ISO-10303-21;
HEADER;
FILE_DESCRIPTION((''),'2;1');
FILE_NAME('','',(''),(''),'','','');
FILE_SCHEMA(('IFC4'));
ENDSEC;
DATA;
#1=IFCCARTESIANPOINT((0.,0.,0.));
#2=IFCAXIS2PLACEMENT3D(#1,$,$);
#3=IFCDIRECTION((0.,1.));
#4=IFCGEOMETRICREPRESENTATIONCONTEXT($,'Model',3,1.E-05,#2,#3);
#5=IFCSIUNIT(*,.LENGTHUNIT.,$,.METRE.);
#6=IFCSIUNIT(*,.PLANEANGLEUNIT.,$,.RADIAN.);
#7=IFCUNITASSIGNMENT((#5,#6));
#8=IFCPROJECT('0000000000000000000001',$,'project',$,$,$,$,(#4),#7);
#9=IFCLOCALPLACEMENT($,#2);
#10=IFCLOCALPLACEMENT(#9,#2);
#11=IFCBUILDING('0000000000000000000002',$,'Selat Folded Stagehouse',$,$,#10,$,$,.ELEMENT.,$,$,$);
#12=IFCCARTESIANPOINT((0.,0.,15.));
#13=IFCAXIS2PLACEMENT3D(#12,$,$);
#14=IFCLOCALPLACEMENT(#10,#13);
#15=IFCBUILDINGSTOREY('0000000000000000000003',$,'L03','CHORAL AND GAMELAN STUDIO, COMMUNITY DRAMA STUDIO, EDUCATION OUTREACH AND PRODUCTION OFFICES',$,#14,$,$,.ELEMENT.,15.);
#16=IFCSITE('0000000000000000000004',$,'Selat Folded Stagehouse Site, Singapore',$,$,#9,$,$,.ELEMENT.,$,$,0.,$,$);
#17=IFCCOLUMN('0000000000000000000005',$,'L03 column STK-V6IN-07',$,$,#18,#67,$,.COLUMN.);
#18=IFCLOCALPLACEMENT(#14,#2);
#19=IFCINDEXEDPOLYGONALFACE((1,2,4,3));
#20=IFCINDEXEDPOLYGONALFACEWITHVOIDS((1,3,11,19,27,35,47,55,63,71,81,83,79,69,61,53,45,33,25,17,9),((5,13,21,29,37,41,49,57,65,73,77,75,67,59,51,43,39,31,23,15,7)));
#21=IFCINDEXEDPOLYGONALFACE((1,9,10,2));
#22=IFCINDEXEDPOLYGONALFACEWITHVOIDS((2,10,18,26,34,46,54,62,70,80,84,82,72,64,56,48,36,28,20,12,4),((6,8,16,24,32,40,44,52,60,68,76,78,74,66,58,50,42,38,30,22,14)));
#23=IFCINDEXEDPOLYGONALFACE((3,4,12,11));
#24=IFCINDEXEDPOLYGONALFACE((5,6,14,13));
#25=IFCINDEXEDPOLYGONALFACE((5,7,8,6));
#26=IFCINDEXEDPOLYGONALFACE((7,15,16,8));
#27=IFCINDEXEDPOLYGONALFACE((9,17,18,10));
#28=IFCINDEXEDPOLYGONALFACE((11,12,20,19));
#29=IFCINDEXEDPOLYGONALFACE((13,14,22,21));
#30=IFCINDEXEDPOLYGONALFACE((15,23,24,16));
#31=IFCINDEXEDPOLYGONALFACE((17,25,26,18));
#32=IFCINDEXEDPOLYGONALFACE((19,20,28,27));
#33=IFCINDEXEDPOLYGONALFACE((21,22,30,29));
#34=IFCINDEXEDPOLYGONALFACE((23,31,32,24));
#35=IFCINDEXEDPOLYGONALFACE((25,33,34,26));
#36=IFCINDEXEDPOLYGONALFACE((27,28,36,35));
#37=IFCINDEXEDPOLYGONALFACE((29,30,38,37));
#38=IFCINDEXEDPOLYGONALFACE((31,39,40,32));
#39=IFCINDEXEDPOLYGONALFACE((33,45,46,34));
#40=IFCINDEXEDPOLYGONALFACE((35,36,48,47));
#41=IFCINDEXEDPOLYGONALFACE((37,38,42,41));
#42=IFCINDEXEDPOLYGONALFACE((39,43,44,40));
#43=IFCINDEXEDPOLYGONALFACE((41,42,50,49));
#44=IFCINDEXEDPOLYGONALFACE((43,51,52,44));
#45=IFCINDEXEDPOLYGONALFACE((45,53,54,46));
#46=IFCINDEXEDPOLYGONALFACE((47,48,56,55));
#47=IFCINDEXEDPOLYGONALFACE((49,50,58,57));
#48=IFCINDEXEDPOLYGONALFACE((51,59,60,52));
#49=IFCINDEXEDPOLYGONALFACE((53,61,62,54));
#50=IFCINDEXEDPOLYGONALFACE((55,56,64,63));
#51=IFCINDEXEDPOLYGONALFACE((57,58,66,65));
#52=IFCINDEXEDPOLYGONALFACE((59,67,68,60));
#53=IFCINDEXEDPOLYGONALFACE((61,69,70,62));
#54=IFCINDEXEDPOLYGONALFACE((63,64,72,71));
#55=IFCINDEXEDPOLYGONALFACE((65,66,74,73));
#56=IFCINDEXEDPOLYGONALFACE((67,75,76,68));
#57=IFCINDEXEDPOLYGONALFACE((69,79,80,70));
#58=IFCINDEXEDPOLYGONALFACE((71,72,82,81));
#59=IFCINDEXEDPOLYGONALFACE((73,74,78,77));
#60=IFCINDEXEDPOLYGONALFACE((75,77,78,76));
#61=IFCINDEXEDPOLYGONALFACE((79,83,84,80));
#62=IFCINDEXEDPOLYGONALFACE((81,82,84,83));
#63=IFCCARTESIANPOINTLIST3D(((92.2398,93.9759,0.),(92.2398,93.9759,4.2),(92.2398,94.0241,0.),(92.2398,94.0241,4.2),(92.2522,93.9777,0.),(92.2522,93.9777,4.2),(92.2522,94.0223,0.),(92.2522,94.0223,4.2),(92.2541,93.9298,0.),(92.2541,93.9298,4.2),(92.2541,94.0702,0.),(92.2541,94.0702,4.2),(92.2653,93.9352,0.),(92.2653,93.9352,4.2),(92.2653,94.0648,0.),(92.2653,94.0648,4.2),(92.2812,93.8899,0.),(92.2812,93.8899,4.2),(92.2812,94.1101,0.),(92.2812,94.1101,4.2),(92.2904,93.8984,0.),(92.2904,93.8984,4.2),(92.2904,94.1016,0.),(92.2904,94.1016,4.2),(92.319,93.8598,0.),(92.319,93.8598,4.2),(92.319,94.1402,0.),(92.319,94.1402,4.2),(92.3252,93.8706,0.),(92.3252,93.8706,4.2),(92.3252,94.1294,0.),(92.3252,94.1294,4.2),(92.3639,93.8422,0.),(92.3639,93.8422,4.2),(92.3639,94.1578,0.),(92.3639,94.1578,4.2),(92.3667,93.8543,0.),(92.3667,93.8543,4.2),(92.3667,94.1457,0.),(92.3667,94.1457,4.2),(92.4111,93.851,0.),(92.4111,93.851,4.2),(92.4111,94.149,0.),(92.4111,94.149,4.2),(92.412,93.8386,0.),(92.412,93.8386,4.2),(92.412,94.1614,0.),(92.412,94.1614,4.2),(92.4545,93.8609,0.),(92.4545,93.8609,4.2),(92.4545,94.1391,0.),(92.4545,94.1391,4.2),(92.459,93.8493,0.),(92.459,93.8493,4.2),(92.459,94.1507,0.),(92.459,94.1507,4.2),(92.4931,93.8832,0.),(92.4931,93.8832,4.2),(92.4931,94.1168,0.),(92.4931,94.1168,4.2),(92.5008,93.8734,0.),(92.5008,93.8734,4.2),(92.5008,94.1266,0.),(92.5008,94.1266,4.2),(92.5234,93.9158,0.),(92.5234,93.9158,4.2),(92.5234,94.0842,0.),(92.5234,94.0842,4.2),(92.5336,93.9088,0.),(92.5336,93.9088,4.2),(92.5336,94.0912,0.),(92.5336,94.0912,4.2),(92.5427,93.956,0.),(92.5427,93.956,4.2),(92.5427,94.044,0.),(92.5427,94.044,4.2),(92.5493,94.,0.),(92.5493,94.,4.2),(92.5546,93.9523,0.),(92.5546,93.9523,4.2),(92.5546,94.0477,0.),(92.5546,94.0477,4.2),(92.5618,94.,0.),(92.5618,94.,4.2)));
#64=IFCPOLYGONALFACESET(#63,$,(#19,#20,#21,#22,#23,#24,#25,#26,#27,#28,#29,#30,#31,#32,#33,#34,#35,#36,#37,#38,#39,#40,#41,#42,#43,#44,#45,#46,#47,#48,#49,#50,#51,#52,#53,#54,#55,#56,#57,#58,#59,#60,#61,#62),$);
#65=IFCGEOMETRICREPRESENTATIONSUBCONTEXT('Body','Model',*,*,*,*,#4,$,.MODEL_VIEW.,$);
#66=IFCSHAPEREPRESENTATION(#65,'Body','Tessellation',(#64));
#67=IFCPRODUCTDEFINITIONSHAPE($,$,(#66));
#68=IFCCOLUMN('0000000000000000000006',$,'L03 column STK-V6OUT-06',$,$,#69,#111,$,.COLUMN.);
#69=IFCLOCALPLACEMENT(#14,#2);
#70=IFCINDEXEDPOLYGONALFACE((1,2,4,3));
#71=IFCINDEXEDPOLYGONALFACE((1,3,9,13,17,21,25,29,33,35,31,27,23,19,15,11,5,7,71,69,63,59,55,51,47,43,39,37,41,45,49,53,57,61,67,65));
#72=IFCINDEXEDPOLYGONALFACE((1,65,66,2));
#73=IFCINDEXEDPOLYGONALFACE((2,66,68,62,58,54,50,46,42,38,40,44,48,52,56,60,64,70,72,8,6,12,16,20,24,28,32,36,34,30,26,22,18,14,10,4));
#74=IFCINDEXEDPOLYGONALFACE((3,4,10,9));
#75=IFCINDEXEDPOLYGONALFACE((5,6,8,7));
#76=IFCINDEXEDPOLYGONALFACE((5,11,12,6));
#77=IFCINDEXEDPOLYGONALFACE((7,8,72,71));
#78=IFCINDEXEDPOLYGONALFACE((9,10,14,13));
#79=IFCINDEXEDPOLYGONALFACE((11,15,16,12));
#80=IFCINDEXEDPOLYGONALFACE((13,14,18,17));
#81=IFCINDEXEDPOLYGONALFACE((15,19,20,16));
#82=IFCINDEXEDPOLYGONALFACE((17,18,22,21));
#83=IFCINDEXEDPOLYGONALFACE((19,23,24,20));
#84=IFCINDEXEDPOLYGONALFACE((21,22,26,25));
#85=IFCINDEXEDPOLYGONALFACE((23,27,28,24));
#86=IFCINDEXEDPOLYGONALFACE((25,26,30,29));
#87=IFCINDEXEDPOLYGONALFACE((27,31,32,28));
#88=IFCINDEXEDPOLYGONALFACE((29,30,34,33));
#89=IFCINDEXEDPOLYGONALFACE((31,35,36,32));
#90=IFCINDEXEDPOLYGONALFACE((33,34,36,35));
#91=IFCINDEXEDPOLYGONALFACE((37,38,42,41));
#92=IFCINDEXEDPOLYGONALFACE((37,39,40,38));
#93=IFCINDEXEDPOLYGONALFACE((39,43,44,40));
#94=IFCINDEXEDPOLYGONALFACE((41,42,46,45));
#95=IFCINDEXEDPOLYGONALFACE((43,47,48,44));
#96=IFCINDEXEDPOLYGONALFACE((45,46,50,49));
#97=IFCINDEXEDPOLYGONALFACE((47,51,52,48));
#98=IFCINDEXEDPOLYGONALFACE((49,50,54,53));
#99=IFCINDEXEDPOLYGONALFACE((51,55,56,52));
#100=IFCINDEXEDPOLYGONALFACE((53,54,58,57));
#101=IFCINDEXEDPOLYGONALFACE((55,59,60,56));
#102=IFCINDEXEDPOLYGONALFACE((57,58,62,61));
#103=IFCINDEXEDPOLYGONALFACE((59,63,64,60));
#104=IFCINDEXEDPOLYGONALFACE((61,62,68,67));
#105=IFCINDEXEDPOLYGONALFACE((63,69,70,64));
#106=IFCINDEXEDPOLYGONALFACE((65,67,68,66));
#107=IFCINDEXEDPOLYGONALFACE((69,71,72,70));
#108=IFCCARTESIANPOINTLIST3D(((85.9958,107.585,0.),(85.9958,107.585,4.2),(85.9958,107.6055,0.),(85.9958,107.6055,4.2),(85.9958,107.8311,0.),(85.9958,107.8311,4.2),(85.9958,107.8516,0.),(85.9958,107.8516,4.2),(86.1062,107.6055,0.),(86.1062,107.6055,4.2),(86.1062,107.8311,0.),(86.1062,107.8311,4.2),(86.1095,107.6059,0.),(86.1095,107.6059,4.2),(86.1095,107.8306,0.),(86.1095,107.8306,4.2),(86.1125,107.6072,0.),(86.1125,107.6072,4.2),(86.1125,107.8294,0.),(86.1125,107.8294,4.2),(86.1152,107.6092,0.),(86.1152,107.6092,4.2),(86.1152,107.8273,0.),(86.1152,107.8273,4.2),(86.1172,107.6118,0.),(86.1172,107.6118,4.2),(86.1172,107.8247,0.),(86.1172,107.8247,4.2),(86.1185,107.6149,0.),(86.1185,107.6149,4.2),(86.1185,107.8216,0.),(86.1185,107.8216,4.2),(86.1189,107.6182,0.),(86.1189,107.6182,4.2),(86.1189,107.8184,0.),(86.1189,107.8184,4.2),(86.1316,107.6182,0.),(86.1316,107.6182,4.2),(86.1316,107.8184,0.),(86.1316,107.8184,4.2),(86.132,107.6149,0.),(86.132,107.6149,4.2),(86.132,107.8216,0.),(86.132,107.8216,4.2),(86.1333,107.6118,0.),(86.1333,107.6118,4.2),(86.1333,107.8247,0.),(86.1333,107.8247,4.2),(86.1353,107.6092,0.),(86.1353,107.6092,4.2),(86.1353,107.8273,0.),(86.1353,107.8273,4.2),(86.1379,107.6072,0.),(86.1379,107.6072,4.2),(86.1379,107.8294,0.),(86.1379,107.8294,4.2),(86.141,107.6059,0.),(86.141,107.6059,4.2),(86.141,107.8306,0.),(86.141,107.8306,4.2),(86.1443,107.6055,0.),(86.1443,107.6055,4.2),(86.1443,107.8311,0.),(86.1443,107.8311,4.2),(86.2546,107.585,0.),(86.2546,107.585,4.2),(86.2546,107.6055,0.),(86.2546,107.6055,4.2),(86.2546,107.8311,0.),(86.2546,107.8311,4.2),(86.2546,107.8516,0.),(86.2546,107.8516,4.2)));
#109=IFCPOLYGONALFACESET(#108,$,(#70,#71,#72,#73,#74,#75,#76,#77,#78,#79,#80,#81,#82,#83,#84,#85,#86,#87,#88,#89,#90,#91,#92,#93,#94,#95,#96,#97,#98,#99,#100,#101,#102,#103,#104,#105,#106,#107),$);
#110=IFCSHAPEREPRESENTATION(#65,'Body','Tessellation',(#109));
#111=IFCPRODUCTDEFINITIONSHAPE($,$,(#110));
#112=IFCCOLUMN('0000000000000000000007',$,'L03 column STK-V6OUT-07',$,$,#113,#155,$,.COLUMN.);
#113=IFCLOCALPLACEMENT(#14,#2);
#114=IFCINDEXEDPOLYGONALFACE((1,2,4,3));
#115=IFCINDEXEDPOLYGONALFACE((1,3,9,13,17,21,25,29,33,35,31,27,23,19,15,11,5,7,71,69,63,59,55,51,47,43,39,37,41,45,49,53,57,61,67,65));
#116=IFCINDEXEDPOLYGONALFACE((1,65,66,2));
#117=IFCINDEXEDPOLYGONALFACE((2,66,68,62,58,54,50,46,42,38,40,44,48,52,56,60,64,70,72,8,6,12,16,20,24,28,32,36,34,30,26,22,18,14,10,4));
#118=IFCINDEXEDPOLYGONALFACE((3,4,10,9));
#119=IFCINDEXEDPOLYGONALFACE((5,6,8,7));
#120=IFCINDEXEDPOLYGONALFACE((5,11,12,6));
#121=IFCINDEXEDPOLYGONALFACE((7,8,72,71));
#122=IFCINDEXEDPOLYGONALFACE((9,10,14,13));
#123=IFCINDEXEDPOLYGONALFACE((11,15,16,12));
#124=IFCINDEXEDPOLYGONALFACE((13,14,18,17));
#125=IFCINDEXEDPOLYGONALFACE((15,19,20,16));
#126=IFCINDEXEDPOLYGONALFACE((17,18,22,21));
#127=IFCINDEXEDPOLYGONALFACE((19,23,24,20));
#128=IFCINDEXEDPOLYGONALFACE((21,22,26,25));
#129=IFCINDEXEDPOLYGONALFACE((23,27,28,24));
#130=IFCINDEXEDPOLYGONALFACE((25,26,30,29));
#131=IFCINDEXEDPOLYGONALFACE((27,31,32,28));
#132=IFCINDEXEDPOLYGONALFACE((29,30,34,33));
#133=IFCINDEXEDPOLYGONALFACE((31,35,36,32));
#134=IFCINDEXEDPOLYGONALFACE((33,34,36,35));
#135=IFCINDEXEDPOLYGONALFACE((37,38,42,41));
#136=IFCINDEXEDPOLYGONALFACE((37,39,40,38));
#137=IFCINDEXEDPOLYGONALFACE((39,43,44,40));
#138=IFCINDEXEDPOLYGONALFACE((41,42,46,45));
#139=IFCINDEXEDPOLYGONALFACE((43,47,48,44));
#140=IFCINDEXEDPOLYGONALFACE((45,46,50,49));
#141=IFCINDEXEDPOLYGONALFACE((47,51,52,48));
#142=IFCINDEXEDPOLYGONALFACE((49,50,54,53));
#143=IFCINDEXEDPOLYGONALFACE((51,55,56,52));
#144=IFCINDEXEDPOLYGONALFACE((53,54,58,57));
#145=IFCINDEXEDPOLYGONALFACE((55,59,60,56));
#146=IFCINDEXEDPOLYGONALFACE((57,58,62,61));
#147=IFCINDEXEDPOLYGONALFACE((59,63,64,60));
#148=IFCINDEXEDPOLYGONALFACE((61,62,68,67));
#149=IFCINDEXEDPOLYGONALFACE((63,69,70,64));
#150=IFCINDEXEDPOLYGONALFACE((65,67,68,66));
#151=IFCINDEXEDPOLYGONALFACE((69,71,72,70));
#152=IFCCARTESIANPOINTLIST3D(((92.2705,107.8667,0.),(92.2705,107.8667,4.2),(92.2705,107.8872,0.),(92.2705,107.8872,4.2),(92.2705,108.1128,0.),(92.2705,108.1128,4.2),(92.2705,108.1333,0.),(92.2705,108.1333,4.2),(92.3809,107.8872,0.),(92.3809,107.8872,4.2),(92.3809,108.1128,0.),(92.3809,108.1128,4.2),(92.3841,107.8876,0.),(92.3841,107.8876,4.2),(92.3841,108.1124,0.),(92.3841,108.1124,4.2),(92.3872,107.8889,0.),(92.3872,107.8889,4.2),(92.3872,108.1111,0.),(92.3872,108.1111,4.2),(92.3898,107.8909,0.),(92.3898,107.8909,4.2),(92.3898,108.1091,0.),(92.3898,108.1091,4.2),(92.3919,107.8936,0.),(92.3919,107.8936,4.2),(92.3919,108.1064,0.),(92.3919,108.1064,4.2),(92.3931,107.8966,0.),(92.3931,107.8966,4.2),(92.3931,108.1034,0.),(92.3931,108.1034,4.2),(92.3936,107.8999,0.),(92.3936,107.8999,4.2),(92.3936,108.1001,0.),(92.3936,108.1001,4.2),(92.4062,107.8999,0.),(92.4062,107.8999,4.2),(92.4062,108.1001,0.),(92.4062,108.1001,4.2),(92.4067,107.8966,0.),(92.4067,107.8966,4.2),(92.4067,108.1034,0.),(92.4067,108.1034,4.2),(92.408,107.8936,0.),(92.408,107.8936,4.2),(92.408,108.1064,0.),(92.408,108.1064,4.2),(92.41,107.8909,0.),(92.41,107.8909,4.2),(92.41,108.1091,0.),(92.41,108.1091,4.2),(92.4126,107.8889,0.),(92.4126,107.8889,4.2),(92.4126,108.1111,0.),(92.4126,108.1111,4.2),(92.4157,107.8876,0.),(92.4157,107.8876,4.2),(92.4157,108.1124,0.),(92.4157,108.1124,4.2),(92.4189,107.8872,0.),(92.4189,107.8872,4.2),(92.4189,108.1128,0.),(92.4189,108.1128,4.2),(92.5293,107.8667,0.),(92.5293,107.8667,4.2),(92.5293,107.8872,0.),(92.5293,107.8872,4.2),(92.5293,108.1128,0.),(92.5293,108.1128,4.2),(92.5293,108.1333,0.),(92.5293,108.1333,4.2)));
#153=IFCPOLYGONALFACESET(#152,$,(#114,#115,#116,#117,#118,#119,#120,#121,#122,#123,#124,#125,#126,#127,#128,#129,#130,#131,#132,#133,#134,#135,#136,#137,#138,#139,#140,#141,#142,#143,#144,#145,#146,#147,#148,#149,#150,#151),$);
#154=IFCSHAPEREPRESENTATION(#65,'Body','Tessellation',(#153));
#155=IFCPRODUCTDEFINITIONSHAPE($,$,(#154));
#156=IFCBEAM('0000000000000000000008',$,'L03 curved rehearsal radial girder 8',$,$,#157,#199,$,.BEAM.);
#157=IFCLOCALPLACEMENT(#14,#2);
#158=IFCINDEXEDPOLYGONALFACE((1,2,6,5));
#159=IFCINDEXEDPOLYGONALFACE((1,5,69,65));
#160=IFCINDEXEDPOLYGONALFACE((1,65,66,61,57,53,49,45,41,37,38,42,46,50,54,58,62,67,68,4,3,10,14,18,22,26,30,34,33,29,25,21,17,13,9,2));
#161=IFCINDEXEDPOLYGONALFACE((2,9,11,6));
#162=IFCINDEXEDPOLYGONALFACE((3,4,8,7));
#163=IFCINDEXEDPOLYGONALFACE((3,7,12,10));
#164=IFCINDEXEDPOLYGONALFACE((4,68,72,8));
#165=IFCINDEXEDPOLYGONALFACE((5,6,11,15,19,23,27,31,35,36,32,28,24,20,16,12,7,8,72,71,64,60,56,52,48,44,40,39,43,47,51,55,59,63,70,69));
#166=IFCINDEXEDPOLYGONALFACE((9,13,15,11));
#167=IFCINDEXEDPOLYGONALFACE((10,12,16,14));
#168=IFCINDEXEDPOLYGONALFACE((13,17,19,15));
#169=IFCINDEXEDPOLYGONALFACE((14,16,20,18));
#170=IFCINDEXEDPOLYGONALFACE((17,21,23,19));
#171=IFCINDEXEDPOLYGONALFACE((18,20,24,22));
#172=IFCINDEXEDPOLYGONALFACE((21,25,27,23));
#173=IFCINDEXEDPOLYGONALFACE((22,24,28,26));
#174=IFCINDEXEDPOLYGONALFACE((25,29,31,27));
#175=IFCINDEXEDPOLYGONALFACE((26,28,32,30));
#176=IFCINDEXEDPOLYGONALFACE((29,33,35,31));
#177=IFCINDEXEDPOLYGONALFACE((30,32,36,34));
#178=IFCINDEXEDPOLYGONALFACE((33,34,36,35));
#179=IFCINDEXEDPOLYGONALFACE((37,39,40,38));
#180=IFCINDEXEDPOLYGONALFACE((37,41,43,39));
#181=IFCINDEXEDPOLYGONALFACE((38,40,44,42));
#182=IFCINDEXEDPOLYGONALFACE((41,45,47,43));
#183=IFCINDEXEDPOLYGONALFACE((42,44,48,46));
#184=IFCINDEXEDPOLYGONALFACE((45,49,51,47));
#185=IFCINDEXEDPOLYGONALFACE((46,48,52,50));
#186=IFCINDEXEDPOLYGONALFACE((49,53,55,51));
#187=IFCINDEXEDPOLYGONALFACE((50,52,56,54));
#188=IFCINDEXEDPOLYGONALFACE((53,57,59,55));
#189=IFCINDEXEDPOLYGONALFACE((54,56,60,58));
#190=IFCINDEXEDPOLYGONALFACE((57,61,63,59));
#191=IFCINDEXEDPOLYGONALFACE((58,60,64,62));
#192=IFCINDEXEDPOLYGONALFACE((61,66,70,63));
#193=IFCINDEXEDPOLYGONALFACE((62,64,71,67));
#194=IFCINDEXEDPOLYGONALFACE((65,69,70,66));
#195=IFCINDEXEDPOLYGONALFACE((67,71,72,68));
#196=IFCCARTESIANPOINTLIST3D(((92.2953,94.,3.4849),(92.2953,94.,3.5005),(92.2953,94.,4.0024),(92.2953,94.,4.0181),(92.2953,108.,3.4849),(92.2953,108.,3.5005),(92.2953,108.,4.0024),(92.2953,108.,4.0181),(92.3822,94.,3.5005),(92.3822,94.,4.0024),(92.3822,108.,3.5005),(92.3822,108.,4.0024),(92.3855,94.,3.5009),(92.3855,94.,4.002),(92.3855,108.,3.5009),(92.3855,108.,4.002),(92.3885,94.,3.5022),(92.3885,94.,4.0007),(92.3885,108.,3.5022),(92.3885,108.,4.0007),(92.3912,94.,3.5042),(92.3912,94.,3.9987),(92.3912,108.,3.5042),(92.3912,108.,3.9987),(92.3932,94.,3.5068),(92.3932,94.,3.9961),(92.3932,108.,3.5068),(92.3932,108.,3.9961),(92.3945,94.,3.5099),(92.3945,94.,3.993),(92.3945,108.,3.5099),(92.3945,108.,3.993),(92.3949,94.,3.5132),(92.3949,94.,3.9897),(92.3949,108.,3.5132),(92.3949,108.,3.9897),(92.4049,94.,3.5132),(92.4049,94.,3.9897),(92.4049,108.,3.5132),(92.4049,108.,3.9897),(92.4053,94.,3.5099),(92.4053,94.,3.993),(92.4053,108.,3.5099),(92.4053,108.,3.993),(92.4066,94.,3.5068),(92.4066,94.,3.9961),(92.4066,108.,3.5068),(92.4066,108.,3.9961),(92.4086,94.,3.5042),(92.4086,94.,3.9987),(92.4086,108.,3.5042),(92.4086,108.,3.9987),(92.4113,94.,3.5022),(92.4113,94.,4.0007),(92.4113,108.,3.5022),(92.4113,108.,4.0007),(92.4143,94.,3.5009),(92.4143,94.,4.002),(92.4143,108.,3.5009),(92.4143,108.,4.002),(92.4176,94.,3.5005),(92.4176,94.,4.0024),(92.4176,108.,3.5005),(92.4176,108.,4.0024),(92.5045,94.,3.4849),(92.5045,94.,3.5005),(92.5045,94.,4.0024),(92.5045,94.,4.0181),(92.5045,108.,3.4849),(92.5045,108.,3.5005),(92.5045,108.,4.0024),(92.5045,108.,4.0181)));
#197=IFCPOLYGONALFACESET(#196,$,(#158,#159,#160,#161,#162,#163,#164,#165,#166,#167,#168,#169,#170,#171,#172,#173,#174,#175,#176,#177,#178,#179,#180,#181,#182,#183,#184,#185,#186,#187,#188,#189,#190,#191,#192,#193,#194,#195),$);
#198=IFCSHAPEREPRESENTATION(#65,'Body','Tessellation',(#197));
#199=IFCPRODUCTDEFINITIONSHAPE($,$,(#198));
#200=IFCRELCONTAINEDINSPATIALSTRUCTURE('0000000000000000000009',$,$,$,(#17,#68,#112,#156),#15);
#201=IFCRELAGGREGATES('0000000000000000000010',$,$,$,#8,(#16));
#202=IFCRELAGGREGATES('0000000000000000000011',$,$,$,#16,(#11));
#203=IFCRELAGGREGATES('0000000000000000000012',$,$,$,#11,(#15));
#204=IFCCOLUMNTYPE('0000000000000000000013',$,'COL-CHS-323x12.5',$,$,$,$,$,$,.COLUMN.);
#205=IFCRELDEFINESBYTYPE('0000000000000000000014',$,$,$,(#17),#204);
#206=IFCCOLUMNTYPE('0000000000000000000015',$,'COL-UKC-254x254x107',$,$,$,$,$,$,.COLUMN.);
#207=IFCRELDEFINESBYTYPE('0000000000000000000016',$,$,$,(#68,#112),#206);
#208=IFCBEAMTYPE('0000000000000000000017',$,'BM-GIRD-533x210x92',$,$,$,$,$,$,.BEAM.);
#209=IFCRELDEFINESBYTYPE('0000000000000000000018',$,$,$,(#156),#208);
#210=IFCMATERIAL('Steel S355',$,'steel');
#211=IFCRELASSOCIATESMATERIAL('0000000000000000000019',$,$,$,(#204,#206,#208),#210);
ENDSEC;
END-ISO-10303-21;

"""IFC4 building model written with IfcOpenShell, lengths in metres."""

from ifc_helpers import new_model, si_unit, direction, frame, origin, origin_2d, place, context, subcontext, project, spatial, hollow_circle, i_section, extrude, material, material_profile, profile_set, type_object, element, save


model = new_model("IFC4")

# Units and contexts
model_context = context("Model", 3, precision=1e-05, world=origin(), true_north=direction((0.0, 1.0)))
body_context = subcontext(model_context, "Body", "Model", "MODEL_VIEW")
ifc_project = project(units=[si_unit("LENGTHUNIT", "METRE"), si_unit("PLANEANGLEUNIT", "RADIAN")], contexts=[model_context])

# Site, building, storey
site_placement = place(None, origin())
site = spatial("IfcSite", under=ifc_project, at=site_placement, Name="Selat Folded Stagehouse Site, Singapore", CompositionType="ELEMENT", RefElevation=0.0)
building_placement = place(site_placement, origin())
building = spatial("IfcBuilding", under=site, at=building_placement, Name="Selat Folded Stagehouse", CompositionType="ELEMENT")
storey_placement = place(building_placement, frame((0.0, 0.0, 15.0)))
storey = spatial("IfcBuildingStorey", under=building, at=storey_placement, Name="L03", Description="CHORAL AND GAMELAN STUDIO, COMMUNITY DRAMA STUDIO, EDUCATION OUTREACH AND PRODUCTION OFFICES", CompositionType="ELEMENT", Elevation=15.0)

# Columns
ifc_material_1 = material(Name="Steel S355", Category="steel")
ifc_material_profile_1 = material_profile(ifc_material_1, hollow_circle(Radius=0.1619, WallThickness=0.0125, at=origin_2d()), Name="CHS 323.9x12.5")
ifc_profile_set_1 = profile_set([ifc_material_profile_1], Name="Steel S355")
column_type_1 = type_object("IfcColumnType", Name="COL-CHS-323x12.5", PredefinedType="COLUMN", material=ifc_profile_set_1)
column_placement = place(storey_placement, frame((92.3999, 94.0, 0.0), z_axis=(0.0, 0.0, 1.0), x_axis=(1.0, 0.0, 0.0)))
element("IfcColumn", 1, at=column_placement, inside=storey, type_object=column_type_1, Name="L03 column STK-V6IN-07", PredefinedType="COLUMN", context=body_context, shape_type="SweptSolid", body=[
    extrude(hollow_circle(Radius=0.1619, WallThickness=0.0125, at=origin_2d()), origin(), (0.0, 0.0, 1.0), 4.2),
])
ifc_material_profile_2 = material_profile(ifc_material_1, i_section(OverallWidth=0.2588, OverallDepth=0.2666, WebThickness=0.0127, FlangeThickness=0.0205, FilletRadius=0.0127, at=origin_2d()), Name="UKC 254x254x107")
ifc_profile_set_2 = profile_set([ifc_material_profile_2], Name="Steel S355")
column_type_2 = type_object("IfcColumnType", Name="COL-UKC-254x254x107", PredefinedType="COLUMN", material=ifc_profile_set_2)
for number, where, z_axis, x_axis, name in (
    (2, (86.1252, 107.7183, 0.0), (0.0, 0.0, 1.0), (1.0, 0.0, 0.0), "L03 column STK-V6OUT-06"),
    (3, (92.3999, 108.0, 0.0), (0.0, 0.0, 1.0), (1.0, 0.0, 0.0), "L03 column STK-V6OUT-07"),
):
    element("IfcColumn", number, at=place(storey_placement, frame(where, z_axis=z_axis, x_axis=x_axis)), inside=storey, type_object=column_type_2, Name=name, PredefinedType="COLUMN", context=body_context, shape_type="SweptSolid", body=[
        extrude(i_section(OverallWidth=0.2588, OverallDepth=0.2666, WebThickness=0.0127, FlangeThickness=0.0205, FilletRadius=0.0127, at=origin_2d()), origin(), (0.0, 0.0, 1.0), 4.2),
    ])

# Beam
ifc_material_profile_3 = material_profile(ifc_material_1, i_section(OverallWidth=0.2092, OverallDepth=0.5332, WebThickness=0.01, FlangeThickness=0.0156, FilletRadius=0.0127, at=origin_2d()), Name="UKB 533x210x92")
ifc_profile_set_3 = profile_set([ifc_material_profile_3], Name="Steel S355")
beam_type_1 = type_object("IfcBeamType", Name="BM-GIRD-533x210x92", PredefinedType="BEAM", material=ifc_profile_set_3)
beam_1_placement = place(storey_placement, frame((92.3999, 94.0, 3.7515), z_axis=(0.0, 1.0, 0.0), x_axis=(-1.0, 0.0, 0.0)))
element("IfcBeam", 4, at=beam_1_placement, inside=storey, type_object=beam_type_1, Name="L03 curved rehearsal radial girder 8", PredefinedType="BEAM", context=body_context, shape_type="SweptSolid", body=[
    extrude(i_section(OverallWidth=0.2092, OverallDepth=0.5332, WebThickness=0.01, FlangeThickness=0.0156, FilletRadius=0.0127, at=origin_2d()), origin(), (0.0, 0.0, 1.0), 14.0),
])

save(model, "model.ifc")
